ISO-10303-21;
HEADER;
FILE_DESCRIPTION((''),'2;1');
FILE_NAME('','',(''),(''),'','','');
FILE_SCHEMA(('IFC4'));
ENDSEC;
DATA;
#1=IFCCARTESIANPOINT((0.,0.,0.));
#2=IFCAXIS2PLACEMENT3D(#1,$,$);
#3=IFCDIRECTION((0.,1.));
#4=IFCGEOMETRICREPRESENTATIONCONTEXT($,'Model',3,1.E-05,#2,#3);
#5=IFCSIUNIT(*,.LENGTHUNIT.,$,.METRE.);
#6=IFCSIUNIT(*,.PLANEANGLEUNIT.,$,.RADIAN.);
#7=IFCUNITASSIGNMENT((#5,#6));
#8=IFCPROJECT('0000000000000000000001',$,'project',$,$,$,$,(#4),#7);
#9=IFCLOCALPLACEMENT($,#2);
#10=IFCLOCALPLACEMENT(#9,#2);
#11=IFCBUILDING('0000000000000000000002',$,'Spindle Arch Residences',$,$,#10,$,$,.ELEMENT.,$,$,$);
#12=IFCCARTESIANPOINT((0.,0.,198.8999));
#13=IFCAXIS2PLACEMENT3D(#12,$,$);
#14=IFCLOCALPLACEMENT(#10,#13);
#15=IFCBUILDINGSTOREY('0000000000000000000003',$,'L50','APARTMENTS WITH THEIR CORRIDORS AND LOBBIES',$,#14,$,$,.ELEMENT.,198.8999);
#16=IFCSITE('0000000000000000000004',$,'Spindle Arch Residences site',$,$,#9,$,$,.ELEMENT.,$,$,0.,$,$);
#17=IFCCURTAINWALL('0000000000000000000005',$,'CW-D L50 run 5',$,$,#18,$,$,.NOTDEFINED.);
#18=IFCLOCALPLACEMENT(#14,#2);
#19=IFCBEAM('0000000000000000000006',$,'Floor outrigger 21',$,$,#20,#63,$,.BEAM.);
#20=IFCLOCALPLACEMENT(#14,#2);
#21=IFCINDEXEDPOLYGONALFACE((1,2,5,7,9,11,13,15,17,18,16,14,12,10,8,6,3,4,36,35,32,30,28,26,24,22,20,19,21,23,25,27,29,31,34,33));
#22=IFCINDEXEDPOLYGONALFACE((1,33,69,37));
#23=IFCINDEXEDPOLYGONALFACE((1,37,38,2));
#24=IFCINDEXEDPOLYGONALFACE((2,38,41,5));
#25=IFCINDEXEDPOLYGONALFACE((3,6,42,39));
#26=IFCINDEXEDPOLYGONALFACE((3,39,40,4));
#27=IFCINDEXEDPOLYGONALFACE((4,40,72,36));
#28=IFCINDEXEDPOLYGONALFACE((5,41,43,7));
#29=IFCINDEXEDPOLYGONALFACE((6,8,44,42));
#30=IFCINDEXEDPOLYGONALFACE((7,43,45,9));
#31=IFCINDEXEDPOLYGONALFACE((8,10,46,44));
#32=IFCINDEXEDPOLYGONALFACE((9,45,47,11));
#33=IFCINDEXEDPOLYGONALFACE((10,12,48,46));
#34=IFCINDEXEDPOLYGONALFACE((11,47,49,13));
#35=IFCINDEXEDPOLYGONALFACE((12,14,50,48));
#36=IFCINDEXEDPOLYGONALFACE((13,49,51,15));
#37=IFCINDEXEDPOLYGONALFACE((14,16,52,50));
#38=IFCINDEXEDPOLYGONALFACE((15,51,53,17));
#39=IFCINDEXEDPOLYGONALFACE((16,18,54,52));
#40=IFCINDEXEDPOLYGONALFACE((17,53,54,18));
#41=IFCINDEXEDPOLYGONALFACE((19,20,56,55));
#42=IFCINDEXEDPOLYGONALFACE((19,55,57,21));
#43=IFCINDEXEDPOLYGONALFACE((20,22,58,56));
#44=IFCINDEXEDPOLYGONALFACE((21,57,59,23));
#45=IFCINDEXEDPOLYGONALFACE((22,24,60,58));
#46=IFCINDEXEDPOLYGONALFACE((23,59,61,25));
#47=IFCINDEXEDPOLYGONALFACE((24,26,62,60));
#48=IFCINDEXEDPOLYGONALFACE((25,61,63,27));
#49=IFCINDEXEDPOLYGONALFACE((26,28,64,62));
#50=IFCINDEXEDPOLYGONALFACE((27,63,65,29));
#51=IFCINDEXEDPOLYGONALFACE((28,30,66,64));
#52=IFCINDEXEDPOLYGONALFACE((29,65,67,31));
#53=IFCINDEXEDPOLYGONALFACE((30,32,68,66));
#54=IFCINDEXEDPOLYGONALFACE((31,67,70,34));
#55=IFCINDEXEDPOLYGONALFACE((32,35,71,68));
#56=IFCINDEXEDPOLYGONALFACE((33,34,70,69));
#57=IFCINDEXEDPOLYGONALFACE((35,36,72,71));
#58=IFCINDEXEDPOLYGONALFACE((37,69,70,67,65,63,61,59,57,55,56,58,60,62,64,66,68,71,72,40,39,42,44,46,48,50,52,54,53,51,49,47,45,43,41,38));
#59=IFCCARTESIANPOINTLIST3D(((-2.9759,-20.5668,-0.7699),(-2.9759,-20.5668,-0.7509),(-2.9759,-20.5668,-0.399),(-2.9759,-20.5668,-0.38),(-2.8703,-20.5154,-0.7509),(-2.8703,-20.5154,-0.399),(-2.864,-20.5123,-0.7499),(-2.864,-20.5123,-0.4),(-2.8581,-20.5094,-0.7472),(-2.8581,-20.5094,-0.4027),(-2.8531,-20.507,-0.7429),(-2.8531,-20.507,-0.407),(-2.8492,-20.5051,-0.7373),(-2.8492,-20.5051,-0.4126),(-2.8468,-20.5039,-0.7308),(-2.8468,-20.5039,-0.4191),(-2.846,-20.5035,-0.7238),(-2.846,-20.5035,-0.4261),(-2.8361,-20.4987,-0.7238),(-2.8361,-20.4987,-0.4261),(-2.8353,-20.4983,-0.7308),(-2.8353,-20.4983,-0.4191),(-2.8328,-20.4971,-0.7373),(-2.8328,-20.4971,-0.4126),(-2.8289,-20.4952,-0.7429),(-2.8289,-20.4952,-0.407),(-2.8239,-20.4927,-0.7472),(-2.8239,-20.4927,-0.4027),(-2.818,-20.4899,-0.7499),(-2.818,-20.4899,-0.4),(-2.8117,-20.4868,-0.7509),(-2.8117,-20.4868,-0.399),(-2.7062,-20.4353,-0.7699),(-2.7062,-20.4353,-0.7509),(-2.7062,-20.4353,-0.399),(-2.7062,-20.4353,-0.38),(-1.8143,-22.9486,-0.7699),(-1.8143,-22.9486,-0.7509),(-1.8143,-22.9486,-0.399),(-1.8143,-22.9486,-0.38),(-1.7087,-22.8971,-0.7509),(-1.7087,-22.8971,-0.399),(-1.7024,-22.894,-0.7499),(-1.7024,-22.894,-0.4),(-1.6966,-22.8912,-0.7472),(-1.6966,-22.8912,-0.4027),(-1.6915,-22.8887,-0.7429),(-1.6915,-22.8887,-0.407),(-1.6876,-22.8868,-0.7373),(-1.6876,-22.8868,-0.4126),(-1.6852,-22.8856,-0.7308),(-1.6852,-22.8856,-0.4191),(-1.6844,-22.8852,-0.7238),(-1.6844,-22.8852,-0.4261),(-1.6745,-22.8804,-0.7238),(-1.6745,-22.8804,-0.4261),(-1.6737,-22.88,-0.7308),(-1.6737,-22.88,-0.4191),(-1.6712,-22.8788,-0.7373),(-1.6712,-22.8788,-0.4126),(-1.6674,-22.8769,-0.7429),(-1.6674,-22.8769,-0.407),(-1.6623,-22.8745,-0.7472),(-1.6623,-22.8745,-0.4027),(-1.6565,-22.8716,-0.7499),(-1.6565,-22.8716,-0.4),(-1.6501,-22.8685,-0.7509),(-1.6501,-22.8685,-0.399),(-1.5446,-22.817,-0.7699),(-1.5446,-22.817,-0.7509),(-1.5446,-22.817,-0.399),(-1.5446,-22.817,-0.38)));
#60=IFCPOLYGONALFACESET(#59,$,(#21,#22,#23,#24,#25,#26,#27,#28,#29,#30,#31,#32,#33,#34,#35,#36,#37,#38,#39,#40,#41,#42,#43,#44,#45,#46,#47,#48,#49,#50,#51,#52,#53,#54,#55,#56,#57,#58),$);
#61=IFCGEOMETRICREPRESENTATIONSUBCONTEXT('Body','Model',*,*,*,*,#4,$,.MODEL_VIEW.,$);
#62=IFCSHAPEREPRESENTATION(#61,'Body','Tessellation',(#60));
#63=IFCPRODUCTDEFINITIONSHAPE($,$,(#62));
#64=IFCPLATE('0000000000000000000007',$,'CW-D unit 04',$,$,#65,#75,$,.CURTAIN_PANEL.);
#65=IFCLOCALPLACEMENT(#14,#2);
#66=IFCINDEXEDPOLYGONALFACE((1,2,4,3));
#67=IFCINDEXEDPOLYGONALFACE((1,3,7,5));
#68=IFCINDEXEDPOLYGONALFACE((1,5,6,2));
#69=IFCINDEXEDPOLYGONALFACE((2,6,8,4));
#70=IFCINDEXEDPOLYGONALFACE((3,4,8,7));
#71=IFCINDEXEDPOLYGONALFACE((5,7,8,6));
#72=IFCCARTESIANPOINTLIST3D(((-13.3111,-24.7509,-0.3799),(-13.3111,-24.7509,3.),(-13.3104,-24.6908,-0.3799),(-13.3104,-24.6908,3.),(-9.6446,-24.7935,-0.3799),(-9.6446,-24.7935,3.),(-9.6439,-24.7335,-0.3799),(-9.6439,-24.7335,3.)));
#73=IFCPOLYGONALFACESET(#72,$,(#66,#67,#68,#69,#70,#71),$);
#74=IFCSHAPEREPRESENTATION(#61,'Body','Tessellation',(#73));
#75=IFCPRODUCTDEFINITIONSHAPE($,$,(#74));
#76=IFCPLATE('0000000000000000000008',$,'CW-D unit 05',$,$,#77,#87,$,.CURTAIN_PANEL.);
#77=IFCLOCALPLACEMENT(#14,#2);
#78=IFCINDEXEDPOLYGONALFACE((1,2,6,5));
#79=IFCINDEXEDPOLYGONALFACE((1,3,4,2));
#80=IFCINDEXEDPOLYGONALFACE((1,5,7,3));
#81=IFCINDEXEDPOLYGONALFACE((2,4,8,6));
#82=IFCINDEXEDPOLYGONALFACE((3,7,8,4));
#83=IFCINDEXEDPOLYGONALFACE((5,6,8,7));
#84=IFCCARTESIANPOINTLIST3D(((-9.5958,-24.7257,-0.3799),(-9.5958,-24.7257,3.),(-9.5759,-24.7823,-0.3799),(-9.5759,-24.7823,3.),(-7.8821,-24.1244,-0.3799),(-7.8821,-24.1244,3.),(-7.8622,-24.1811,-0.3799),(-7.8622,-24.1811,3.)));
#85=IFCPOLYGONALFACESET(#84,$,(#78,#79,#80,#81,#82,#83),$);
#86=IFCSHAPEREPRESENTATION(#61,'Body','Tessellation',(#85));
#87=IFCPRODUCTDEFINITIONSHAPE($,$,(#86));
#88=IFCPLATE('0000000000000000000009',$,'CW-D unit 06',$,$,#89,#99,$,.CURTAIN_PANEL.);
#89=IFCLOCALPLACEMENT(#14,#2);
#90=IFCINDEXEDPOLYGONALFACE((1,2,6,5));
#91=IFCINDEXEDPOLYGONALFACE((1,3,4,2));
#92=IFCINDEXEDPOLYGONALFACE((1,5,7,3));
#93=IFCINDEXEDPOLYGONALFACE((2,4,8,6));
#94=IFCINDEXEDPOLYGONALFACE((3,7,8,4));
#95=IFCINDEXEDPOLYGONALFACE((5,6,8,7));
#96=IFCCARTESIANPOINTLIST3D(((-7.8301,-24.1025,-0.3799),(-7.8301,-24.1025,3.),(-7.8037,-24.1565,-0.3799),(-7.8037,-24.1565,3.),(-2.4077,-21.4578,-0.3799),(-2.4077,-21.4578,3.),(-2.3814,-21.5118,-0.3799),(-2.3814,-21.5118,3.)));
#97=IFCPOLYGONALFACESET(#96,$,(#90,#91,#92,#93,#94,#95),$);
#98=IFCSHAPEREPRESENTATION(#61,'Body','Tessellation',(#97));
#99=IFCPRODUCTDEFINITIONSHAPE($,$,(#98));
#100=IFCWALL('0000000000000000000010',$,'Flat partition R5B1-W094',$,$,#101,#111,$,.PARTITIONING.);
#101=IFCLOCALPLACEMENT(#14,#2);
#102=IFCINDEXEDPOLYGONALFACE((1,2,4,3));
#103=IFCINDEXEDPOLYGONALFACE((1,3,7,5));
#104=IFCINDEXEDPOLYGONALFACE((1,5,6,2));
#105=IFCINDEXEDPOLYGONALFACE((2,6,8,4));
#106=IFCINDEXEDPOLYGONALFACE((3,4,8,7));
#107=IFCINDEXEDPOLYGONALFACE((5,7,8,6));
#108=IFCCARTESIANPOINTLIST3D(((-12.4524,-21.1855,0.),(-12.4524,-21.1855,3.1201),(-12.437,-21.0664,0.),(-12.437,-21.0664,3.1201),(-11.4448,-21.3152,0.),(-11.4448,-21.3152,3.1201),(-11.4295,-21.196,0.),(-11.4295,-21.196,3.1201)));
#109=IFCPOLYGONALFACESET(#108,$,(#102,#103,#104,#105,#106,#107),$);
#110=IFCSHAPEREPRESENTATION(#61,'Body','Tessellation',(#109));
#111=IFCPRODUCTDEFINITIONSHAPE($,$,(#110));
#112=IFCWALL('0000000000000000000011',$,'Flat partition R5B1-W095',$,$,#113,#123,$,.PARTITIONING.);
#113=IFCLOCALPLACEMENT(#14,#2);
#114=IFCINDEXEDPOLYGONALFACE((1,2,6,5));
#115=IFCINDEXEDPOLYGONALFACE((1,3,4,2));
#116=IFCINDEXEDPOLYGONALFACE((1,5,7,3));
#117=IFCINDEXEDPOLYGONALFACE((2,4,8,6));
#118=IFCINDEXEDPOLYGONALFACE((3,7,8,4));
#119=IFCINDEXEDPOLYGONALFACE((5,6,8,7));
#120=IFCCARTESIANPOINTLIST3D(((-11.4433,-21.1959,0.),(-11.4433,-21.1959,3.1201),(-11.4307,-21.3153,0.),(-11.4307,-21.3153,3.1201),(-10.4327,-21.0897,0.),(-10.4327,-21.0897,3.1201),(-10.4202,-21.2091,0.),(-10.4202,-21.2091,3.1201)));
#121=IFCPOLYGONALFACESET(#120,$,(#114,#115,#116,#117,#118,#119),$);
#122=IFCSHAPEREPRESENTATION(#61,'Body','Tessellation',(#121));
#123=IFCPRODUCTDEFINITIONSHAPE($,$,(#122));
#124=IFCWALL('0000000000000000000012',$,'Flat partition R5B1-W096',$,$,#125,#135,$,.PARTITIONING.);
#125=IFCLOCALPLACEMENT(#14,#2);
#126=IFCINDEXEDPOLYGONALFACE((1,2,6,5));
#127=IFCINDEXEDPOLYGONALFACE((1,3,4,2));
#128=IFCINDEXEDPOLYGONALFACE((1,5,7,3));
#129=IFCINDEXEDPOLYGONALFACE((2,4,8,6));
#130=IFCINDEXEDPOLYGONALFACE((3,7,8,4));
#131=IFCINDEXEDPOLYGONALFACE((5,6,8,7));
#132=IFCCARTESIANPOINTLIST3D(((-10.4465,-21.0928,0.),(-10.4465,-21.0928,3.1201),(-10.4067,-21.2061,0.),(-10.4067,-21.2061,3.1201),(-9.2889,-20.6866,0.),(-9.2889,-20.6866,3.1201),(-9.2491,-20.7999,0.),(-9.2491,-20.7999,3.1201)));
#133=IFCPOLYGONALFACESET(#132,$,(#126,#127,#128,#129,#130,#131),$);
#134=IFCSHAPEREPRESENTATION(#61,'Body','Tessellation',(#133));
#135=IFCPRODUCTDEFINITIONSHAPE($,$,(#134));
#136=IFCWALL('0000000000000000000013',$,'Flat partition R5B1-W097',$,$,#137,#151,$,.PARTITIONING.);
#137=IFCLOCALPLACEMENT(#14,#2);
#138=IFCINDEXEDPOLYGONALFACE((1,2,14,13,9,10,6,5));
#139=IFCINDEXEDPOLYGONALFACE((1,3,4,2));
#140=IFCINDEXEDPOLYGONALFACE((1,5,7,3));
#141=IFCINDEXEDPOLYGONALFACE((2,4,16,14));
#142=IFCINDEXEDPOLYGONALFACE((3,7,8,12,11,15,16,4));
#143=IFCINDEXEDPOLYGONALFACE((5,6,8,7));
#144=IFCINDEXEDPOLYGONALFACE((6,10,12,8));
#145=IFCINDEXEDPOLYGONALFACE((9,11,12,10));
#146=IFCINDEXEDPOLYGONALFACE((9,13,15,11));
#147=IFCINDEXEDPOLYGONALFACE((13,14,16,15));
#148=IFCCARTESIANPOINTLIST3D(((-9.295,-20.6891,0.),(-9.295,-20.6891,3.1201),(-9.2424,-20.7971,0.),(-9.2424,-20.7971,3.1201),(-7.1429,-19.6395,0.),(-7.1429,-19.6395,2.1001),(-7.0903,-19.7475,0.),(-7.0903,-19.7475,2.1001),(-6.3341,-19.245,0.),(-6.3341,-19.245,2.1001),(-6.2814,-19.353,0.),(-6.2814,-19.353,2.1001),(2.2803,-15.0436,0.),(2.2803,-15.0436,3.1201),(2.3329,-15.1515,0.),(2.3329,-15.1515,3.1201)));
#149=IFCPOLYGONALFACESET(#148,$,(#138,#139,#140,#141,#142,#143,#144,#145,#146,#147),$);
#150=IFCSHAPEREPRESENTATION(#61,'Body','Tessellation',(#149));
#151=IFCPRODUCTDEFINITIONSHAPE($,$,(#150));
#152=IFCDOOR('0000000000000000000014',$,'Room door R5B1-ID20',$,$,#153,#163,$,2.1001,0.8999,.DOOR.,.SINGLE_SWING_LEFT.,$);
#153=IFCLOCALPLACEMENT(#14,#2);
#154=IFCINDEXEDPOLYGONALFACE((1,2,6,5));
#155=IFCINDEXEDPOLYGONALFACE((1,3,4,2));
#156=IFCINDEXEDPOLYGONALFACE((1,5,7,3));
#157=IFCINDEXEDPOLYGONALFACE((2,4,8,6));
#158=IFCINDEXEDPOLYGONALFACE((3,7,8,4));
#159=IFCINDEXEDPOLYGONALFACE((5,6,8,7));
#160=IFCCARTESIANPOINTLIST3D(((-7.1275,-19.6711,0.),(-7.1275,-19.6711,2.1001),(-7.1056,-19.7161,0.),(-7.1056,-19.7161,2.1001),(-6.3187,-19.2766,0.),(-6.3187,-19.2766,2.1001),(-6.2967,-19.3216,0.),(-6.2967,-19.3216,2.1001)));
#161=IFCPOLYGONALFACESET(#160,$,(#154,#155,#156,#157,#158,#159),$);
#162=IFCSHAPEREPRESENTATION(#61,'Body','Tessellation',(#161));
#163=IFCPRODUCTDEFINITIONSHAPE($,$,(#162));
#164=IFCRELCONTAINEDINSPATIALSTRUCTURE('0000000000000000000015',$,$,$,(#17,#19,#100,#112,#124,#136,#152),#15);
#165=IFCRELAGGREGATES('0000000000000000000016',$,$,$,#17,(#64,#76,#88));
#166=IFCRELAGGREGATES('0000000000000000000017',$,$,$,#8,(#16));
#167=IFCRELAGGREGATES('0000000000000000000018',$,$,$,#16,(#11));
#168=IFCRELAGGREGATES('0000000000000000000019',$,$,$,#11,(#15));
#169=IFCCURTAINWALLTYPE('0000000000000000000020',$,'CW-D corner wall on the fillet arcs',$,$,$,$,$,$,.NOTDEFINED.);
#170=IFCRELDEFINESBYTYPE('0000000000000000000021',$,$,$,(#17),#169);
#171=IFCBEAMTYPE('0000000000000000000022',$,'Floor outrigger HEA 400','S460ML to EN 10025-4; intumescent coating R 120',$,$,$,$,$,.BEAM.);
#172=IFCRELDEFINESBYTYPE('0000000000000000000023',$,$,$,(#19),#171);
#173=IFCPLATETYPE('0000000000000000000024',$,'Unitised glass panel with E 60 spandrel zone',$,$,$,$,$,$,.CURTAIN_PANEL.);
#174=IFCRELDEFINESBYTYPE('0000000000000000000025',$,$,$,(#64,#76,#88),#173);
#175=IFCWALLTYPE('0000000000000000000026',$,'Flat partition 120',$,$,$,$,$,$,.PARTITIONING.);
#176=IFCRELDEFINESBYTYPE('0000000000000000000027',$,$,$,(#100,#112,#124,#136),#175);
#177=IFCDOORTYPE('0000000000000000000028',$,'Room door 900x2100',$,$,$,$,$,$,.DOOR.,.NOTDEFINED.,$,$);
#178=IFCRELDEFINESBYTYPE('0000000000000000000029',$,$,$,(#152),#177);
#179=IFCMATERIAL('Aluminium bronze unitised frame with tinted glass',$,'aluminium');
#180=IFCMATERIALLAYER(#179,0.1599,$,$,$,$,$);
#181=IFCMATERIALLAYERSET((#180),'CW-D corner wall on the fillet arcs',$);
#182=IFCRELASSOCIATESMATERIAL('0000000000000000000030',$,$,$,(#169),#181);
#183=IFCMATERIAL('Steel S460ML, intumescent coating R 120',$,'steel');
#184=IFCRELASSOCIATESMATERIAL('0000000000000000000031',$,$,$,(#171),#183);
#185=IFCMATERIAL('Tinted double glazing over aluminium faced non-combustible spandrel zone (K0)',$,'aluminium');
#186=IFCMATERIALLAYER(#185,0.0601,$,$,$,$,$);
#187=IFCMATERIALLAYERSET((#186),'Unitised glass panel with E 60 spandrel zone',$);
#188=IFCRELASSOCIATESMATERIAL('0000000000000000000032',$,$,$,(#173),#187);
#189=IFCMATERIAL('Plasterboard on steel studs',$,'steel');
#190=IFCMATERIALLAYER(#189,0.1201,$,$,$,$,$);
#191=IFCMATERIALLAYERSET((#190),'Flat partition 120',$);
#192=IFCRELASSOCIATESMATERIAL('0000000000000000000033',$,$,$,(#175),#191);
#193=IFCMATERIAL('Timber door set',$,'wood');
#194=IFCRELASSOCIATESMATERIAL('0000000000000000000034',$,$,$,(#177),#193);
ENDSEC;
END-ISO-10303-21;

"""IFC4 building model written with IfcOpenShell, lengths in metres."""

from ifc_helpers import new_model, si_unit, direction, frame, frame_2d, origin, origin_2d, place, context, subcontext, project, spatial, rectangle, i_section, extrude, material, layer, layer_set, material_profile, profile_set, type_object, element, fill, aggregate, save


model = new_model("IFC4")

# Units and contexts
model_context = context("Model", 3, precision=1e-05, world=origin(), true_north=direction((0.0, 1.0)))
body_context = subcontext(model_context, "Body", "Model", "MODEL_VIEW")
ifc_project = project(units=[si_unit("LENGTHUNIT", "METRE"), si_unit("PLANEANGLEUNIT", "RADIAN")], contexts=[model_context])

# Site, building, storey
site_placement = place(None, origin())
site = spatial("IfcSite", under=ifc_project, at=site_placement, Name="Spindle Arch Residences site", CompositionType="ELEMENT", RefElevation=0.0)
building_placement = place(site_placement, origin())
building = spatial("IfcBuilding", under=site, at=building_placement, Name="Spindle Arch Residences", CompositionType="ELEMENT")
storey_placement = place(building_placement, frame((0.0, 0.0, 198.8999)))
storey = spatial("IfcBuildingStorey", under=building, at=storey_placement, Name="L50", Description="APARTMENTS WITH THEIR CORRIDORS AND LOBBIES", CompositionType="ELEMENT", Elevation=198.8999)

# Curtain wall
ifc_material_1 = material(Name="Aluminium bronze unitised frame with tinted glass", Category="aluminium")
ifc_layer_1 = layer(ifc_material_1, 0.1599)
ifc_layer_set_1 = layer_set([ifc_layer_1], Name="CW-D corner wall on the fillet arcs")
curtain_wall_type_1 = type_object("IfcCurtainWallType", Name="CW-D corner wall on the fillet arcs", PredefinedType="NOTDEFINED", material=ifc_layer_set_1)
curtain_wall_1_placement = place(storey_placement, origin())
curtain_wall_1 = element("IfcCurtainWall", 1, at=curtain_wall_1_placement, inside=storey, type_object=curtain_wall_type_1, Name="CW-D L50 run 5", PredefinedType="NOTDEFINED")

# Beam
ifc_material_2 = material(Name="Steel S460ML, intumescent coating R 120", Category="steel")
ifc_material_profile_1 = material_profile(ifc_material_2, i_section(OverallWidth=0.3, OverallDepth=0.3899, WebThickness=0.011, FlangeThickness=0.019, FilletRadius=0.0271, at=origin_2d()), Name="HEA 400")
ifc_profile_set_1 = profile_set([ifc_material_profile_1], Name="Steel S460ML, intumescent coating R 120")
beam_type_1 = type_object("IfcBeamType", Name="Floor outrigger HEA 400", Description="S460ML to EN 10025-4; intumescent coating R 120", PredefinedType="BEAM", material=ifc_profile_set_1)
beam_1_placement = place(storey_placement, frame((-1.6794, -22.8828, -0.575), z_axis=(-0.438347, 0.898806, 0.0), x_axis=(-0.898806, -0.438347, 0.0)))
element("IfcBeam", 2, at=beam_1_placement, inside=storey, type_object=beam_type_1, Name="Floor outrigger 21", PredefinedType="BEAM", context=body_context, shape_type="SweptSolid", body=[
    extrude(i_section(OverallWidth=0.3, OverallDepth=0.3899, WebThickness=0.011, FlangeThickness=0.019, FilletRadius=0.0271, at=origin_2d()), origin(), (0.0, 0.0, 1.0), 2.6499),
])

# Plates
ifc_material_3 = material(Name="Tinted double glazing over aluminium faced non-combustible spandrel zone (K0)", Category="aluminium")
ifc_layer_2 = layer(ifc_material_3, 0.0601)
ifc_layer_set_2 = layer_set([ifc_layer_2], Name="Unitised glass panel with E 60 spandrel zone")
plate_type = type_object("IfcPlateType", Name="Unitised glass panel with E 60 spandrel zone", PredefinedType="CURTAIN_PANEL", material=ifc_layer_set_2)
plate_1_placement = place(storey_placement, frame((-11.4775, -24.7422, -0.3799), z_axis=(0.0, 0.0, 1.0), x_axis=(0.999932, -0.011635, 0.0)))
plate_1 = element("IfcPlate", 3, at=plate_1_placement, type_object=plate_type, Name="CW-D unit 04", PredefinedType="CURTAIN_PANEL", context=body_context, shape_type="SweptSolid", body=[
    extrude(rectangle(XDim=3.6667, YDim=0.0601, at=origin_2d()), origin(), (0.0, 0.0, 1.0), 3.3799),
])
plate_2_placement = place(storey_placement, frame((-8.729, -24.4534, -0.3799), z_axis=(0.0, 0.0, 1.0), x_axis=(0.943609, 0.331063, 0.0)))
plate_2 = element("IfcPlate", 4, at=plate_2_placement, type_object=plate_type, Name="CW-D unit 05", PredefinedType="CURTAIN_PANEL", context=body_context, shape_type="SweptSolid", body=[
    extrude(rectangle(XDim=1.8162, YDim=0.0601, at=origin_2d()), origin(), (0.0, 0.0, 1.0), 3.3799),
])
plate_3_placement = place(storey_placement, frame((-5.1057, -22.8071, -0.3799), z_axis=(0.0, 0.0, 1.0), x_axis=(0.898794, 0.438371, 0.0)))
plate_3 = element("IfcPlate", 5, at=plate_3_placement, type_object=plate_type, Name="CW-D unit 06", PredefinedType="CURTAIN_PANEL", context=body_context, shape_type="SweptSolid", body=[
    extrude(rectangle(XDim=6.033, YDim=0.0601, at=origin_2d()), origin(), (0.0, 0.0, 1.0), 3.3799),
])
aggregate(curtain_wall_1, [plate_1, plate_2, plate_3])

# Walls
ifc_material_4 = material(Name="Plasterboard on steel studs", Category="steel")
ifc_layer_3 = layer(ifc_material_4, 0.1201)
ifc_layer_set_3 = layer_set([ifc_layer_3], Name="Flat partition 120")
wall_type = type_object("IfcWallType", Name="Flat partition 120", PredefinedType="PARTITIONING", material=ifc_layer_set_3)
wall_1_placement = place(storey_placement, frame((-12.4446, -21.126, 0.0), z_axis=(0.0, 0.0, 1.0), x_axis=(0.991824, -0.127613, 0.0)))
element("IfcWall", 6, at=wall_1_placement, inside=storey, type_object=wall_type, Name="Flat partition R5B1-W094", PredefinedType="PARTITIONING", context=body_context, shape_type="SweptSolid", body=[
    extrude(rectangle(XDim=1.0159, YDim=0.1201, at=frame_2d((0.5078, 0.0))), origin(), (0.0, 0.0, 1.0), 3.1201),
])
wall_2_placement = place(storey_placement, frame((-11.437, -21.2556, 0.0), z_axis=(0.0, 0.0, 1.0), x_axis=(0.994523, 0.104522, 0.0)))
element("IfcWall", 7, at=wall_2_placement, inside=storey, type_object=wall_type, Name="Flat partition R5B1-W095", PredefinedType="PARTITIONING", context=body_context, shape_type="SweptSolid", body=[
    extrude(rectangle(XDim=1.0161, YDim=0.1201, at=frame_2d((0.5081, 0.0))), origin(), (0.0, 0.0, 1.0), 3.1201),
])
wall_3_placement = place(storey_placement, frame((-10.4265, -21.1494, 0.0), z_axis=(0.0, 0.0, 1.0), x_axis=(0.943591, 0.331113, 0.0)))
element("IfcWall", 8, at=wall_3_placement, inside=storey, type_object=wall_type, Name="Flat partition R5B1-W096", PredefinedType="PARTITIONING", context=body_context, shape_type="SweptSolid", body=[
    extrude(rectangle(XDim=1.2268, YDim=0.1201, at=frame_2d((0.6133, 0.0))), origin(), (0.0, 0.0, 1.0), 3.1201),
])

# Wall, opening, door
wall_4_placement = place(storey_placement, frame((-9.2688, -20.7432, 0.0), z_axis=(0.0, 0.0, 1.0), x_axis=(0.898797, 0.438365, 0.0)))
wall_4 = element("IfcWall", 9, at=wall_4_placement, inside=storey, type_object=wall_type, Name="Flat partition R5B1-W097", PredefinedType="PARTITIONING", context=body_context, shape_type="SweptSolid", body=[
    extrude(rectangle(XDim=12.8787, YDim=0.1201, at=frame_2d((6.4395, 0.0))), origin(), (0.0, 0.0, 1.0), 3.1201),
])
opening_1_placement = place(wall_4_placement, frame((2.3945, 0.0, 0.0)))
opening_1 = element("IfcOpeningElement", 10, at=opening_1_placement, cuts=wall_4, PredefinedType="OPENING", context=body_context, shape_type="SweptSolid", body=[
    extrude(rectangle(XDim=0.8999, YDim=2.1001, at=frame_2d((0.45, 1.05))), frame((0.0, 0.0701, 0.0), z_axis=(0.0, -1.0, 0.0), x_axis=(1.0, 0.0, 0.0)), (0.0, 0.0, 1.0), 0.1401),
])
ifc_material_5 = material(Name="Timber door set", Category="wood")
door_type = type_object("IfcDoorType", Name="Room door 900x2100", OperationType="NOTDEFINED", PredefinedType="DOOR", material=ifc_material_5)
door_1_placement = place(opening_1_placement, origin())
door_1 = element("IfcDoor", 11, at=door_1_placement, inside=storey, type_object=door_type, Name="Room door R5B1-ID20", OperationType="SINGLE_SWING_LEFT", OverallHeight=2.1001, OverallWidth=0.8999, PredefinedType="DOOR", context=body_context, shape_type="SweptSolid", body=[
    extrude(rectangle(XDim=0.8999, YDim=2.1001, at=frame_2d((0.45, 1.05))), frame((0.0, 0.0249, 0.0), z_axis=(0.0, -1.0, 0.0), x_axis=(1.0, 0.0, 0.0)), (0.0, 0.0, 1.0), 0.05),
])
fill(opening_1, door_1)

save(model, "model.ifc")
